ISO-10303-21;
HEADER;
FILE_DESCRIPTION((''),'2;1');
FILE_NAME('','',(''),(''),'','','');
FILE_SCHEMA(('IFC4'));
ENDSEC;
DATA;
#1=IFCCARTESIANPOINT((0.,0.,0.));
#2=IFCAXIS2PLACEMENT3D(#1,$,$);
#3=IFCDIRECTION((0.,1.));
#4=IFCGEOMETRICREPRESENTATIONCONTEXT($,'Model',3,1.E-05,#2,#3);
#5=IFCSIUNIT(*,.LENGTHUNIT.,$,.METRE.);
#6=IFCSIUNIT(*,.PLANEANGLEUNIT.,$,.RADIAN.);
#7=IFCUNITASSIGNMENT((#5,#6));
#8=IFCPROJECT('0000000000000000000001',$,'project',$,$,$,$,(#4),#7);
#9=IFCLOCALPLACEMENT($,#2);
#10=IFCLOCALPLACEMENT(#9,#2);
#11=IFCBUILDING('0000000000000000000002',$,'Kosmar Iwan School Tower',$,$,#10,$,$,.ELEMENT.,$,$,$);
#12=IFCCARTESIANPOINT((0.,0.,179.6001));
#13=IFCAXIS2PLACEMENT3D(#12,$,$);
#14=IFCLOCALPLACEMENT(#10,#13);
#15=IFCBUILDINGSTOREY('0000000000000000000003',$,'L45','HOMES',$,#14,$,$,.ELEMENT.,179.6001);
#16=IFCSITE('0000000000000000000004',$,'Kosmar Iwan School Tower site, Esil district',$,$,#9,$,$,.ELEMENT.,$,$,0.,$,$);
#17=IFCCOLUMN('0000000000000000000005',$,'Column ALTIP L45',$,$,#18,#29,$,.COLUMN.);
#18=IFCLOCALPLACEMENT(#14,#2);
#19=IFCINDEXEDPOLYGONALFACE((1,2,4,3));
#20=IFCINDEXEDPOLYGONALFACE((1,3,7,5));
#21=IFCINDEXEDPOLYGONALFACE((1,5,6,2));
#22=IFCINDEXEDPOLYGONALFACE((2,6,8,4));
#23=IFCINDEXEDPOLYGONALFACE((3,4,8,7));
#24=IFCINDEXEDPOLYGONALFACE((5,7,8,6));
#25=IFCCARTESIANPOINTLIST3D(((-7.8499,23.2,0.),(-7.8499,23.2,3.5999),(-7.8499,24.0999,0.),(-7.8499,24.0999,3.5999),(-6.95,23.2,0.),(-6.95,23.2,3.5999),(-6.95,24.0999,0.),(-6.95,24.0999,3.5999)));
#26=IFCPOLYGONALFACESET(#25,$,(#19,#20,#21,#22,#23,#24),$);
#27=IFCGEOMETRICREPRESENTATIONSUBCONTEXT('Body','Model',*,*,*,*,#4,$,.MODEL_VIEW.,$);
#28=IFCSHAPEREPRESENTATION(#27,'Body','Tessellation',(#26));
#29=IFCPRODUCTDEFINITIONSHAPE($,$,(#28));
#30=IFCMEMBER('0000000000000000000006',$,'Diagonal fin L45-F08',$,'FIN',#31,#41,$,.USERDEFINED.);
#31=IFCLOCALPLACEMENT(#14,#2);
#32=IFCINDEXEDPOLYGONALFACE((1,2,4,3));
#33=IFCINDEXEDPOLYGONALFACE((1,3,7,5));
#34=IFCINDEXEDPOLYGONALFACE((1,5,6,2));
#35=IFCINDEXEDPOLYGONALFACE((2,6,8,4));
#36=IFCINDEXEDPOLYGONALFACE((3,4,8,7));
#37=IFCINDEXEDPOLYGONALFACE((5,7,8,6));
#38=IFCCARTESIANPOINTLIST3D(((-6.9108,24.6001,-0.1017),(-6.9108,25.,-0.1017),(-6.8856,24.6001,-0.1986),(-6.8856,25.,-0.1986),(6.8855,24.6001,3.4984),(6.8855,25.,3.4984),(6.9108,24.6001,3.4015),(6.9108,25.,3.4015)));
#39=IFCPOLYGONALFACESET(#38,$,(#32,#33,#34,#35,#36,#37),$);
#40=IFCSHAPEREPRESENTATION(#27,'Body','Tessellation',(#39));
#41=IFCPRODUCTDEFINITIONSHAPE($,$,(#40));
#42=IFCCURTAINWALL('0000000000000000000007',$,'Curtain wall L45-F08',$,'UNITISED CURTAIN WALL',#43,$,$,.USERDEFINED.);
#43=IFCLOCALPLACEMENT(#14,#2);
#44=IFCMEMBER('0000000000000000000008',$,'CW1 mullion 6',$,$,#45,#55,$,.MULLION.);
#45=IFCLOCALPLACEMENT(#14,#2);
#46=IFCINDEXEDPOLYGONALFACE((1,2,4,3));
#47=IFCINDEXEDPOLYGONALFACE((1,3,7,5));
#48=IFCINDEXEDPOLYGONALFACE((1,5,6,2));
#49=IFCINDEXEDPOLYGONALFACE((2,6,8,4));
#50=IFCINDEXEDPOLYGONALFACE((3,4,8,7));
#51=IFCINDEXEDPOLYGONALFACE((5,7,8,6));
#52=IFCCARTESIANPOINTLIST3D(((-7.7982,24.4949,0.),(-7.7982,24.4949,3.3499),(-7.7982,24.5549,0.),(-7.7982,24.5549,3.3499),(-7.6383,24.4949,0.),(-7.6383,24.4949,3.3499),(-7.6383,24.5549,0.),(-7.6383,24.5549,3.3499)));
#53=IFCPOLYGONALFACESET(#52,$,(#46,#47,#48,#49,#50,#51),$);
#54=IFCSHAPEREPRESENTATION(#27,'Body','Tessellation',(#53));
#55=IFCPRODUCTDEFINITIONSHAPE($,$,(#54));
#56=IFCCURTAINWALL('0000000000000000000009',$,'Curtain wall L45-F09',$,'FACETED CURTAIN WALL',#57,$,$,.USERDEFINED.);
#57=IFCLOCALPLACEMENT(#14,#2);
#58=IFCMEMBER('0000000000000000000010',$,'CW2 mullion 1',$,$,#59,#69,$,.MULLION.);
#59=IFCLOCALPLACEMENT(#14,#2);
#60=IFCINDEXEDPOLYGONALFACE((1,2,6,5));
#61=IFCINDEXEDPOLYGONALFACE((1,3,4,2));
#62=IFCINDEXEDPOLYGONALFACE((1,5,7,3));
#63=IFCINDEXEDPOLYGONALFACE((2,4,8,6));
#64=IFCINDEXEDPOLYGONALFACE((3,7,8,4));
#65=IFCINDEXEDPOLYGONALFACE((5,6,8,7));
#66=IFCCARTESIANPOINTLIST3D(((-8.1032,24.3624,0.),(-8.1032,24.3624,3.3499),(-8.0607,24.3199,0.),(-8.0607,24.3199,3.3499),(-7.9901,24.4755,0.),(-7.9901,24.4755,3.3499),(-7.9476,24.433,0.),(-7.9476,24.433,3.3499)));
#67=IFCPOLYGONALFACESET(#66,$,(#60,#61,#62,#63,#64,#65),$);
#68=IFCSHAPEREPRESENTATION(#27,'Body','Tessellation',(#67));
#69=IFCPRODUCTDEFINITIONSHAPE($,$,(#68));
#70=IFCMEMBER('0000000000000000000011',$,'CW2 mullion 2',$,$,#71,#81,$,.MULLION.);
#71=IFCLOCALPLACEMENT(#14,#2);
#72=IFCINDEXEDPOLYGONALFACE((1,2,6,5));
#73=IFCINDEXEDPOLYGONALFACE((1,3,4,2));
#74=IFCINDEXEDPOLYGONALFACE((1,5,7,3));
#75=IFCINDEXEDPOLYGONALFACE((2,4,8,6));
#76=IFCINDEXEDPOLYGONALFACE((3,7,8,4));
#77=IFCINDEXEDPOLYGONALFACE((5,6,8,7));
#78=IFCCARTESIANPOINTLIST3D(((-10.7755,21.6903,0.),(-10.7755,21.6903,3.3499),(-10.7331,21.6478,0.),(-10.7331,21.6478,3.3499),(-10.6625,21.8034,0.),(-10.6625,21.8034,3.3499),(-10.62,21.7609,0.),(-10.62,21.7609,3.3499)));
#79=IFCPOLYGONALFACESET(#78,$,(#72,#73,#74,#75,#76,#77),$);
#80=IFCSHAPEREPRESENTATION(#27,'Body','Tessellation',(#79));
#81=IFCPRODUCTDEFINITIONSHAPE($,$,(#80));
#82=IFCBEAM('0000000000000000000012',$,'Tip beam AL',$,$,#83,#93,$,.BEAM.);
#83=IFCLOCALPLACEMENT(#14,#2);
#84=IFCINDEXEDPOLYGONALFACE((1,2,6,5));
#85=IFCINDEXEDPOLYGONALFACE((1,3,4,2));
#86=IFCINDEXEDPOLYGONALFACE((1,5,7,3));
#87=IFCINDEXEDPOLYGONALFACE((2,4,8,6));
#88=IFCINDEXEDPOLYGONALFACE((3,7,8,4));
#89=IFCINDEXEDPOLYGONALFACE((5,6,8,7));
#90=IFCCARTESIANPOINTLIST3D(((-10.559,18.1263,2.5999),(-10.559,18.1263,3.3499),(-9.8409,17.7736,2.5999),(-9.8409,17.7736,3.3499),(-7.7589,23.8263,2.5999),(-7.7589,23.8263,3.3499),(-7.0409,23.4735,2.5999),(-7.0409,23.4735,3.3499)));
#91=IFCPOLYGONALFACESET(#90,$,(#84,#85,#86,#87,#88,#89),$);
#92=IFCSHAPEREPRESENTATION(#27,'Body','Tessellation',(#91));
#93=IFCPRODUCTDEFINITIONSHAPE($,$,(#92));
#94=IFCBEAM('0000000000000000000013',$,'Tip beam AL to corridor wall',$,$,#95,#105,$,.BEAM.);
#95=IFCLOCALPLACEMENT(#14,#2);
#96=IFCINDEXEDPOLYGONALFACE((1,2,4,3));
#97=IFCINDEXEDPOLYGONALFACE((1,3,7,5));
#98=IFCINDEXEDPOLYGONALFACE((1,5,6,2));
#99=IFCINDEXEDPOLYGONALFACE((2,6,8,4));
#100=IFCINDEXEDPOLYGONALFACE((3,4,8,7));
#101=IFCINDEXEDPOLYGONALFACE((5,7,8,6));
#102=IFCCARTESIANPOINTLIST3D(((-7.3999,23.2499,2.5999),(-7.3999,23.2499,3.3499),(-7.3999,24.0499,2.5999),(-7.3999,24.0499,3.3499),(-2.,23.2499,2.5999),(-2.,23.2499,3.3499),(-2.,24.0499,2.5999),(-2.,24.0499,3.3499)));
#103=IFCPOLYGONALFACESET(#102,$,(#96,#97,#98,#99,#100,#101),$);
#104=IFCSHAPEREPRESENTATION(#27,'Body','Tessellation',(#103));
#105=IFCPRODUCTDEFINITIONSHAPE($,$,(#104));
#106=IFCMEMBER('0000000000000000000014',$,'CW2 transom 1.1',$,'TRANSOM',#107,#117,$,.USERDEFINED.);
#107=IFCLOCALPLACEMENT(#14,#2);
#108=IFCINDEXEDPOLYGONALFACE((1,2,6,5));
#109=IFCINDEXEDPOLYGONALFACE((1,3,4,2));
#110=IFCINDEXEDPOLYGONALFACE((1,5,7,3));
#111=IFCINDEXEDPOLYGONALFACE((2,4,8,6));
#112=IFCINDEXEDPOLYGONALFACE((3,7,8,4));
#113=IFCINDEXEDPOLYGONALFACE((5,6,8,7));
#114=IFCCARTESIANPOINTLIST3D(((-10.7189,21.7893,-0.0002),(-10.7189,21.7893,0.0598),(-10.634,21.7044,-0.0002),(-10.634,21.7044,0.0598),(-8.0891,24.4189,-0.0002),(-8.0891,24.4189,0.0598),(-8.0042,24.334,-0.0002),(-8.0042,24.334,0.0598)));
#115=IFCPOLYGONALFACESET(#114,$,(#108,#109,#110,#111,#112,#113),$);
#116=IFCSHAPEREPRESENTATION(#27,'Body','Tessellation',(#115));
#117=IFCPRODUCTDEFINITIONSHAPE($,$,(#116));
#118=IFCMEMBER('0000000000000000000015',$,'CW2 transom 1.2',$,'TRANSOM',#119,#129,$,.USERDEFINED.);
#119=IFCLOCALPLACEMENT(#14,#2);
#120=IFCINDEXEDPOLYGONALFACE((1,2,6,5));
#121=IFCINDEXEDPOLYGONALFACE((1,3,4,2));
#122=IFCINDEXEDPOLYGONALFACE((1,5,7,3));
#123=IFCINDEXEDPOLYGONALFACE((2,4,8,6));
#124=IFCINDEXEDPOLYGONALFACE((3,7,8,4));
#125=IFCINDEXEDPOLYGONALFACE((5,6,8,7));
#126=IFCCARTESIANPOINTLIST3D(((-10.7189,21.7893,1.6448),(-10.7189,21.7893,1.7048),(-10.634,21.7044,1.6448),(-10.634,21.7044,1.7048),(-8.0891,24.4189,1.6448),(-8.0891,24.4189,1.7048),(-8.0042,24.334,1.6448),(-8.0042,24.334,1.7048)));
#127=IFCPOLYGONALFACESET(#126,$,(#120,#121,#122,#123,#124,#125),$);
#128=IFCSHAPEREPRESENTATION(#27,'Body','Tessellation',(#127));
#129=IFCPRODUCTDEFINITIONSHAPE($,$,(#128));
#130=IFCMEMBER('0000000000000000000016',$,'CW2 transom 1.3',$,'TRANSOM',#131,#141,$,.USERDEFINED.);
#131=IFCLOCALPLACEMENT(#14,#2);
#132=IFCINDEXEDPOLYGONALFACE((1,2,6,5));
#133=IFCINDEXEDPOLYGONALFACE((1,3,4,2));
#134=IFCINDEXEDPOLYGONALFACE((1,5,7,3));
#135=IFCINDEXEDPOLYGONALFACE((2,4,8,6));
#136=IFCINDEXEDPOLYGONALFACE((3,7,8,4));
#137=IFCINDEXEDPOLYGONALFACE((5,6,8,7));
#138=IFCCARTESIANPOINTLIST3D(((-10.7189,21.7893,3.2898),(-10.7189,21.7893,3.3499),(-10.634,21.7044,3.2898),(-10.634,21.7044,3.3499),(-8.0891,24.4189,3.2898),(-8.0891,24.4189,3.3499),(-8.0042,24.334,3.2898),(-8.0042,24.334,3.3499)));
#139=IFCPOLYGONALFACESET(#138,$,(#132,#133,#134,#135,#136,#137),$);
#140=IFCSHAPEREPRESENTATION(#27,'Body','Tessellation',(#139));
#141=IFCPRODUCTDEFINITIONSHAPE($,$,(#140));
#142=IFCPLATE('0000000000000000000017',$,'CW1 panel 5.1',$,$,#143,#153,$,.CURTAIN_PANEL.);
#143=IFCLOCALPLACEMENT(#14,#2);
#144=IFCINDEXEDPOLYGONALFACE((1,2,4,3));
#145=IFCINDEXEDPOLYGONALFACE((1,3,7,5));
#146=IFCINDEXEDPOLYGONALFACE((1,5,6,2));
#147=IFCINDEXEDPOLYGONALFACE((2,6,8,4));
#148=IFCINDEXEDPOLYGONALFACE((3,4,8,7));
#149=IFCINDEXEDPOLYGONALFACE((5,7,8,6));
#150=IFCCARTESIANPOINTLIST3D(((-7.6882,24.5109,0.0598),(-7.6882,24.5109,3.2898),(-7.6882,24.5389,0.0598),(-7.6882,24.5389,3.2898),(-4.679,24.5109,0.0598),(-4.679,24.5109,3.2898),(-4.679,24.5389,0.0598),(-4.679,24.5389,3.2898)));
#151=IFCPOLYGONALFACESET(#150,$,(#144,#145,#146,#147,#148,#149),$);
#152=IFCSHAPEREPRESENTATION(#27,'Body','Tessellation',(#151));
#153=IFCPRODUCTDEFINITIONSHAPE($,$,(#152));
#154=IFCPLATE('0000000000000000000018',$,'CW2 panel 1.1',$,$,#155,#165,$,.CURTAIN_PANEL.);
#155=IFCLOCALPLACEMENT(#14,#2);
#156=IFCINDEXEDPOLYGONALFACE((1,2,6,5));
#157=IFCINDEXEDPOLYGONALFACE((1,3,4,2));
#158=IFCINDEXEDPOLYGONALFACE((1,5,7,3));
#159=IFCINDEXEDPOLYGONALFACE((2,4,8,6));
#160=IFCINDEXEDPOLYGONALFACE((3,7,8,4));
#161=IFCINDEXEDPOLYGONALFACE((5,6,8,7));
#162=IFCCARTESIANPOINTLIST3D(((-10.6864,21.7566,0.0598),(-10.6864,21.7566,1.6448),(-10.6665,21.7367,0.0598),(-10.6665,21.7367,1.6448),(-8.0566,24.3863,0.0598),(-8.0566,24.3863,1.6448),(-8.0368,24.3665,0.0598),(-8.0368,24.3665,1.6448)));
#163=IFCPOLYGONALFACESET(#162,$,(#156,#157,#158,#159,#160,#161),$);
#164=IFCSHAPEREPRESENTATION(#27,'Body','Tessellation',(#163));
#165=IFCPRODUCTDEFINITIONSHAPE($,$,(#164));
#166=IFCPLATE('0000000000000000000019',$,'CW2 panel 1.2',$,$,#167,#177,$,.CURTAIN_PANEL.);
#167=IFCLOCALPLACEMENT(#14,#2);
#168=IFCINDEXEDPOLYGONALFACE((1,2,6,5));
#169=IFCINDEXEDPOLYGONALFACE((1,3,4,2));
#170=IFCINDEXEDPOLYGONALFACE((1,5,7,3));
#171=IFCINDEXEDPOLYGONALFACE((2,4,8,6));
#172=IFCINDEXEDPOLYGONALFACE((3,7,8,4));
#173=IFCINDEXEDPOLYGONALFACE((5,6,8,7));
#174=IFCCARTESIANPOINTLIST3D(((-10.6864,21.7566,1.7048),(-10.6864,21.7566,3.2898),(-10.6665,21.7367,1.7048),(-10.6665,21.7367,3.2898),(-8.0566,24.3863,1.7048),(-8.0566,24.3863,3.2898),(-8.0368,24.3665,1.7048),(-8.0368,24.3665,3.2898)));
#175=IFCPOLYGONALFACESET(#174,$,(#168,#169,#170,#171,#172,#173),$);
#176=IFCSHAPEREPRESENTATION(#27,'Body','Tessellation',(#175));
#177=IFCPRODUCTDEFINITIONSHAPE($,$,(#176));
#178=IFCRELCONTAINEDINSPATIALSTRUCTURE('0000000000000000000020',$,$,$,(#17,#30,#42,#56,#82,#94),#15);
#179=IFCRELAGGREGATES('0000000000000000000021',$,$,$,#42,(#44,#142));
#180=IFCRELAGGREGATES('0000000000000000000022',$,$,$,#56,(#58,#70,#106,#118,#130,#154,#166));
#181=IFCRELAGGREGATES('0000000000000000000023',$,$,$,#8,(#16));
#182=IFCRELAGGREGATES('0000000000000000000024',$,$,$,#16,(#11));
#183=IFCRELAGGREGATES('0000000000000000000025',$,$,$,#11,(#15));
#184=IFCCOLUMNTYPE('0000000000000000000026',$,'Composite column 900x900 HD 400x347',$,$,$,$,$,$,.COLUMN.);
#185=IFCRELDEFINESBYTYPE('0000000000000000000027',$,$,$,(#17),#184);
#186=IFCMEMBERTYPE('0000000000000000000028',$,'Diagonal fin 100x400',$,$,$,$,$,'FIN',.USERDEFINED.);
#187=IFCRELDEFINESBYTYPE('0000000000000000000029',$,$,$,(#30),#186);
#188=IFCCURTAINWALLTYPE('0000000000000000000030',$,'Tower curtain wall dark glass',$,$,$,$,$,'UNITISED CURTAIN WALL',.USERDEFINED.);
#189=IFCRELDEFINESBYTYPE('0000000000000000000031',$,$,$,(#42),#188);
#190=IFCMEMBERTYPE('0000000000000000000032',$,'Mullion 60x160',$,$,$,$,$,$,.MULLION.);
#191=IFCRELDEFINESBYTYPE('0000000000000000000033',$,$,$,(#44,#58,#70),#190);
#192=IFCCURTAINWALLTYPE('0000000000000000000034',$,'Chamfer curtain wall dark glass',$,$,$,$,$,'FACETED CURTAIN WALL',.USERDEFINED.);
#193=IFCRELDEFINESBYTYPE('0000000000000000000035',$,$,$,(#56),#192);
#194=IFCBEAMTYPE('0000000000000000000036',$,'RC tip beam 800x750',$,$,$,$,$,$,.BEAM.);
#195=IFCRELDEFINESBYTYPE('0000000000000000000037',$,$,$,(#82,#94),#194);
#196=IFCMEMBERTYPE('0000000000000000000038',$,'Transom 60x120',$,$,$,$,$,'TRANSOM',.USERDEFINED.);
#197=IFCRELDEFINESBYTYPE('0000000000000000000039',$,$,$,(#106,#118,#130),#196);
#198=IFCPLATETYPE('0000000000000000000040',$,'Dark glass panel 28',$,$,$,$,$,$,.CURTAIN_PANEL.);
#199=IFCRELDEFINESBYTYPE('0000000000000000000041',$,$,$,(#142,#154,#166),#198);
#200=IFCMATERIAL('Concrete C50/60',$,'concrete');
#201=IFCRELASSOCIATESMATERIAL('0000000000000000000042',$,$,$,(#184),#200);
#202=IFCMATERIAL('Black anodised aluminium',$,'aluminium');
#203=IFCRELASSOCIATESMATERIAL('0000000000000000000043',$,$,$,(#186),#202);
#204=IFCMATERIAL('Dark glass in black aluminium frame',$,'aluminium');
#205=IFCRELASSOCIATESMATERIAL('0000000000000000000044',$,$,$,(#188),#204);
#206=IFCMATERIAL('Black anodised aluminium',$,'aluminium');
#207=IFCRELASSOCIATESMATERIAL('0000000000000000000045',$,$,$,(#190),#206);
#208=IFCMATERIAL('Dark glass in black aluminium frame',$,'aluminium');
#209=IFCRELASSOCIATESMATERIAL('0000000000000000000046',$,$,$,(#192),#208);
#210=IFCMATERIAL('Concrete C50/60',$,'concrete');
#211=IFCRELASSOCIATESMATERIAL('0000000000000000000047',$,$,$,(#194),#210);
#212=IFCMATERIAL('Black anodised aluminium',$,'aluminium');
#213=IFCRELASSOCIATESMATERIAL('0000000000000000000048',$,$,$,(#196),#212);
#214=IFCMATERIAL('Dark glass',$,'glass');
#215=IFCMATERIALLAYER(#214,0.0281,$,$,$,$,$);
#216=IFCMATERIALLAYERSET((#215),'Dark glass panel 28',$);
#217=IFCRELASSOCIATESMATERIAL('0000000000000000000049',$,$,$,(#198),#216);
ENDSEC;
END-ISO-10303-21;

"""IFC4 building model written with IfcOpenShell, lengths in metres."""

from ifc_helpers import new_model, si_unit, direction, frame, origin, origin_2d, place, context, subcontext, project, spatial, rectangle, extrude, material, layer, layer_set, material_profile, profile_set, type_object, element, aggregate, save


model = new_model("IFC4")

# Units and contexts
model_context = context("Model", 3, precision=1e-05, world=origin(), true_north=direction((0.0, 1.0)))
body_context = subcontext(model_context, "Body", "Model", "MODEL_VIEW")
ifc_project = project(units=[si_unit("LENGTHUNIT", "METRE"), si_unit("PLANEANGLEUNIT", "RADIAN")], contexts=[model_context])

# Site, building, storey
site_placement = place(None, origin())
site = spatial("IfcSite", under=ifc_project, at=site_placement, Name="Kosmar Iwan School Tower site, Esil district", CompositionType="ELEMENT", RefElevation=0.0)
building_placement = place(site_placement, origin())
building = spatial("IfcBuilding", under=site, at=building_placement, Name="Kosmar Iwan School Tower", CompositionType="ELEMENT")
storey_placement = place(building_placement, frame((0.0, 0.0, 179.6001)))
storey = spatial("IfcBuildingStorey", under=building, at=storey_placement, Name="L45", Description="HOMES", CompositionType="ELEMENT", Elevation=179.6001)

# Column
ifc_material_1 = material(Name="Concrete C50/60", Category="concrete")
ifc_material_profile_1 = material_profile(ifc_material_1, rectangle(XDim=0.8999, YDim=0.8999, at=origin_2d()), Name="RC 900x900 + HD 400x347")
ifc_profile_set_1 = profile_set([ifc_material_profile_1], Name="Concrete C50/60")
column_type = type_object("IfcColumnType", Name="Composite column 900x900 HD 400x347", PredefinedType="COLUMN", material=ifc_profile_set_1)
column_placement = place(storey_placement, frame((-7.3999, 23.6499, 0.0), z_axis=(0.0, 0.0, 1.0), x_axis=(0.0, 1.0, 0.0)))
element("IfcColumn", 1, at=column_placement, inside=storey, type_object=column_type, Name="Column ALTIP L45", PredefinedType="COLUMN", context=body_context, shape_type="SweptSolid", body=[
    extrude(rectangle(XDim=0.8999, YDim=0.8999, at=origin_2d()), origin(), (0.0, 0.0, 1.0), 3.5999),
])

# Member
ifc_material_2 = material(Name="Black anodised aluminium", Category="aluminium")
ifc_material_profile_2 = material_profile(ifc_material_2, rectangle(XDim=0.1001, YDim=0.3999, at=origin_2d()), Name="FIN 100x400")
ifc_profile_set_2 = profile_set([ifc_material_profile_2], Name="Black anodised aluminium")
member_type_1 = type_object("IfcMemberType", Name="Diagonal fin 100x400", ElementType="FIN", PredefinedType="USERDEFINED", material=ifc_profile_set_2)
member_1_placement = place(storey_placement, frame((-6.8982, 24.8, -0.1501), z_axis=(0.967599, 0.0, 0.25249), x_axis=(-0.25249, 0.0, 0.967599)))
element("IfcMember", 2, at=member_1_placement, inside=storey, type_object=member_type_1, Name="Diagonal fin L45-F08", ObjectType="FIN", PredefinedType="USERDEFINED", context=body_context, shape_type="SweptSolid", body=[
    extrude(rectangle(XDim=0.1001, YDim=0.3999, at=origin_2d()), origin(), (0.0, 0.0, 1.0), 14.2583),
])

# Curtain wall, member
ifc_material_3 = material(Name="Dark glass in black aluminium frame", Category="aluminium")
curtain_wall_type_1 = type_object("IfcCurtainWallType", Name="Tower curtain wall dark glass", ElementType="UNITISED CURTAIN WALL", PredefinedType="USERDEFINED", material=ifc_material_3)
curtain_wall_1_placement = place(storey_placement, origin())
curtain_wall_1 = element("IfcCurtainWall", 3, at=curtain_wall_1_placement, inside=storey, type_object=curtain_wall_type_1, Name="Curtain wall L45-F08", ObjectType="UNITISED CURTAIN WALL", PredefinedType="USERDEFINED")
ifc_material_4 = material(Name="Black anodised aluminium", Category="aluminium")
ifc_material_profile_3 = material_profile(ifc_material_4, rectangle(XDim=0.0601, YDim=0.1599, at=origin_2d()), Name="MULLION 60x160")
ifc_profile_set_3 = profile_set([ifc_material_profile_3], Name="Black anodised aluminium")
member_type_2 = type_object("IfcMemberType", Name="Mullion 60x160", PredefinedType="MULLION", material=ifc_profile_set_3)
member_2_placement = place(storey_placement, frame((-7.7183, 24.5249, 0.0), z_axis=(0.0, 0.0, 1.0), x_axis=(0.0, -1.0, 0.0)))
member_2 = element("IfcMember", 4, at=member_2_placement, type_object=member_type_2, Name="CW1 mullion 6", PredefinedType="MULLION", context=body_context, shape_type="SweptSolid", body=[
    extrude(rectangle(XDim=0.0601, YDim=0.1599, at=origin_2d()), origin(), (0.0, 0.0, 1.0), 3.3499),
])

# Curtain wall, members
ifc_material_5 = material(Name="Dark glass in black aluminium frame", Category="aluminium")
curtain_wall_type_2 = type_object("IfcCurtainWallType", Name="Chamfer curtain wall dark glass", ElementType="FACETED CURTAIN WALL", PredefinedType="USERDEFINED", material=ifc_material_5)
curtain_wall_2_placement = place(storey_placement, origin())
curtain_wall_2 = element("IfcCurtainWall", 5, at=curtain_wall_2_placement, inside=storey, type_object=curtain_wall_type_2, Name="Curtain wall L45-F09", ObjectType="FACETED CURTAIN WALL", PredefinedType="USERDEFINED")
member_3_placement = place(storey_placement, frame((-8.0254, 24.3977, 0.0), z_axis=(0.0, 0.0, 1.0), x_axis=(0.707107, -0.707107, 0.0)))
member_3 = element("IfcMember", 6, at=member_3_placement, type_object=member_type_2, Name="CW2 mullion 1", PredefinedType="MULLION", context=body_context, shape_type="SweptSolid", body=[
    extrude(rectangle(XDim=0.0601, YDim=0.1599, at=origin_2d()), origin(), (0.0, 0.0, 1.0), 3.3499),
])
member_4_placement = place(storey_placement, frame((-10.6978, 21.7256, 0.0), z_axis=(0.0, 0.0, 1.0), x_axis=(0.707107, -0.707107, 0.0)))
member_4 = element("IfcMember", 7, at=member_4_placement, type_object=member_type_2, Name="CW2 mullion 2", PredefinedType="MULLION", context=body_context, shape_type="SweptSolid", body=[
    extrude(rectangle(XDim=0.0601, YDim=0.1599, at=origin_2d()), origin(), (0.0, 0.0, 1.0), 3.3499),
])

# Beams
ifc_material_6 = material(Name="Concrete C50/60", Category="concrete")
ifc_material_profile_4 = material_profile(ifc_material_6, rectangle(XDim=0.8, YDim=0.75, at=origin_2d()), Name="RC 800x750")
ifc_profile_set_4 = profile_set([ifc_material_profile_4], Name="Concrete C50/60")
beam_type = type_object("IfcBeamType", Name="RC tip beam 800x750", PredefinedType="BEAM", material=ifc_profile_set_4)
beam_1_placement = place(storey_placement, frame((-10.2, 17.95, 2.9749), z_axis=(0.440913, 0.89755, 0.0), x_axis=(-0.89755, 0.440913, 0.0)))
element("IfcBeam", 8, at=beam_1_placement, inside=storey, type_object=beam_type, Name="Tip beam AL", PredefinedType="BEAM", context=body_context, shape_type="SweptSolid", body=[
    extrude(rectangle(XDim=0.8, YDim=0.75, at=origin_2d()), origin(), (0.0, 0.0, 1.0), 6.3506),
])
beam_2_placement = place(storey_placement, frame((-7.3999, 23.6499, 2.9749), z_axis=(1.0, 0.0, 0.0), x_axis=(0.0, 1.0, 0.0)))
element("IfcBeam", 9, at=beam_2_placement, inside=storey, type_object=beam_type, Name="Tip beam AL to corridor wall", PredefinedType="BEAM", context=body_context, shape_type="SweptSolid", body=[
    extrude(rectangle(XDim=0.8, YDim=0.75, at=origin_2d()), origin(), (0.0, 0.0, 1.0), 5.3999),
])

# Members
ifc_material_7 = material(Name="Black anodised aluminium", Category="aluminium")
ifc_material_profile_5 = material_profile(ifc_material_7, rectangle(XDim=0.1201, YDim=0.0601, at=origin_2d()), Name="TRANSOM 60x120")
ifc_profile_set_5 = profile_set([ifc_material_profile_5], Name="Black anodised aluminium")
member_type_3 = type_object("IfcMemberType", Name="Transom 60x120", ElementType="TRANSOM", PredefinedType="USERDEFINED", material=ifc_profile_set_5)
member_5_placement = place(storey_placement, frame((-8.0466, 24.3765, 0.0298), z_axis=(-0.70714, -0.707074, 0.0), x_axis=(0.707074, -0.70714, 0.0)))
member_5 = element("IfcMember", 10, at=member_5_placement, type_object=member_type_3, Name="CW2 transom 1.1", ObjectType="TRANSOM", PredefinedType="USERDEFINED", context=body_context, shape_type="SweptSolid", body=[
    extrude(rectangle(XDim=0.1201, YDim=0.0601, at=origin_2d()), origin(), (0.0, 0.0, 1.0), 3.719),
])
member_6_placement = place(storey_placement, frame((-8.0466, 24.3765, 1.6748), z_axis=(-0.70714, -0.707074, 0.0), x_axis=(0.707074, -0.70714, 0.0)))
member_6 = element("IfcMember", 11, at=member_6_placement, type_object=member_type_3, Name="CW2 transom 1.2", ObjectType="TRANSOM", PredefinedType="USERDEFINED", context=body_context, shape_type="SweptSolid", body=[
    extrude(rectangle(XDim=0.1201, YDim=0.0601, at=origin_2d()), origin(), (0.0, 0.0, 1.0), 3.719),
])
member_7_placement = place(storey_placement, frame((-8.0466, 24.3765, 3.3198), z_axis=(-0.70714, -0.707074, 0.0), x_axis=(0.707074, -0.70714, 0.0)))
member_7 = element("IfcMember", 12, at=member_7_placement, type_object=member_type_3, Name="CW2 transom 1.3", ObjectType="TRANSOM", PredefinedType="USERDEFINED", context=body_context, shape_type="SweptSolid", body=[
    extrude(rectangle(XDim=0.1201, YDim=0.0601, at=origin_2d()), origin(), (0.0, 0.0, 1.0), 3.719),
])

# Plates
ifc_material_8 = material(Name="Dark glass", Category="glass")
ifc_layer = layer(ifc_material_8, 0.0281)
ifc_layer_set = layer_set([ifc_layer], Name="Dark glass panel 28")
plate_type = type_object("IfcPlateType", Name="Dark glass panel 28", PredefinedType="CURTAIN_PANEL", material=ifc_layer_set)
plate_1_placement = place(storey_placement, frame((-6.1836, 24.5249, 0.0598), z_axis=(0.0, 0.0, 1.0), x_axis=(-1.0, 0.0, 0.0)))
plate_1 = element("IfcPlate", 13, at=plate_1_placement, type_object=plate_type, Name="CW1 panel 5.1", PredefinedType="CURTAIN_PANEL", context=body_context, shape_type="SweptSolid", body=[
    extrude(rectangle(XDim=3.0093, YDim=0.0281, at=origin_2d()), origin(), (0.0, 0.0, 1.0), 3.23),
])
aggregate(curtain_wall_1, [member_2, plate_1])
plate_2_placement = place(storey_placement, frame((-9.3616, 23.0615, 0.0598), z_axis=(0.0, 0.0, 1.0), x_axis=(-0.707107, -0.707107, 0.0)))
plate_2 = element("IfcPlate", 14, at=plate_2_placement, type_object=plate_type, Name="CW2 panel 1.1", PredefinedType="CURTAIN_PANEL", context=body_context, shape_type="SweptSolid", body=[
    extrude(rectangle(XDim=3.719, YDim=0.0281, at=origin_2d()), origin(), (0.0, 0.0, 1.0), 1.585),
])
plate_3_placement = place(storey_placement, frame((-9.3616, 23.0615, 1.7048), z_axis=(0.0, 0.0, 1.0), x_axis=(-0.707107, -0.707107, 0.0)))
plate_3 = element("IfcPlate", 15, at=plate_3_placement, type_object=plate_type, Name="CW2 panel 1.2", PredefinedType="CURTAIN_PANEL", context=body_context, shape_type="SweptSolid", body=[
    extrude(rectangle(XDim=3.719, YDim=0.0281, at=origin_2d()), origin(), (0.0, 0.0, 1.0), 1.585),
])
aggregate(curtain_wall_2, [member_3, member_4, member_5, member_6, member_7, plate_2, plate_3])

save(model, "model.ifc")
